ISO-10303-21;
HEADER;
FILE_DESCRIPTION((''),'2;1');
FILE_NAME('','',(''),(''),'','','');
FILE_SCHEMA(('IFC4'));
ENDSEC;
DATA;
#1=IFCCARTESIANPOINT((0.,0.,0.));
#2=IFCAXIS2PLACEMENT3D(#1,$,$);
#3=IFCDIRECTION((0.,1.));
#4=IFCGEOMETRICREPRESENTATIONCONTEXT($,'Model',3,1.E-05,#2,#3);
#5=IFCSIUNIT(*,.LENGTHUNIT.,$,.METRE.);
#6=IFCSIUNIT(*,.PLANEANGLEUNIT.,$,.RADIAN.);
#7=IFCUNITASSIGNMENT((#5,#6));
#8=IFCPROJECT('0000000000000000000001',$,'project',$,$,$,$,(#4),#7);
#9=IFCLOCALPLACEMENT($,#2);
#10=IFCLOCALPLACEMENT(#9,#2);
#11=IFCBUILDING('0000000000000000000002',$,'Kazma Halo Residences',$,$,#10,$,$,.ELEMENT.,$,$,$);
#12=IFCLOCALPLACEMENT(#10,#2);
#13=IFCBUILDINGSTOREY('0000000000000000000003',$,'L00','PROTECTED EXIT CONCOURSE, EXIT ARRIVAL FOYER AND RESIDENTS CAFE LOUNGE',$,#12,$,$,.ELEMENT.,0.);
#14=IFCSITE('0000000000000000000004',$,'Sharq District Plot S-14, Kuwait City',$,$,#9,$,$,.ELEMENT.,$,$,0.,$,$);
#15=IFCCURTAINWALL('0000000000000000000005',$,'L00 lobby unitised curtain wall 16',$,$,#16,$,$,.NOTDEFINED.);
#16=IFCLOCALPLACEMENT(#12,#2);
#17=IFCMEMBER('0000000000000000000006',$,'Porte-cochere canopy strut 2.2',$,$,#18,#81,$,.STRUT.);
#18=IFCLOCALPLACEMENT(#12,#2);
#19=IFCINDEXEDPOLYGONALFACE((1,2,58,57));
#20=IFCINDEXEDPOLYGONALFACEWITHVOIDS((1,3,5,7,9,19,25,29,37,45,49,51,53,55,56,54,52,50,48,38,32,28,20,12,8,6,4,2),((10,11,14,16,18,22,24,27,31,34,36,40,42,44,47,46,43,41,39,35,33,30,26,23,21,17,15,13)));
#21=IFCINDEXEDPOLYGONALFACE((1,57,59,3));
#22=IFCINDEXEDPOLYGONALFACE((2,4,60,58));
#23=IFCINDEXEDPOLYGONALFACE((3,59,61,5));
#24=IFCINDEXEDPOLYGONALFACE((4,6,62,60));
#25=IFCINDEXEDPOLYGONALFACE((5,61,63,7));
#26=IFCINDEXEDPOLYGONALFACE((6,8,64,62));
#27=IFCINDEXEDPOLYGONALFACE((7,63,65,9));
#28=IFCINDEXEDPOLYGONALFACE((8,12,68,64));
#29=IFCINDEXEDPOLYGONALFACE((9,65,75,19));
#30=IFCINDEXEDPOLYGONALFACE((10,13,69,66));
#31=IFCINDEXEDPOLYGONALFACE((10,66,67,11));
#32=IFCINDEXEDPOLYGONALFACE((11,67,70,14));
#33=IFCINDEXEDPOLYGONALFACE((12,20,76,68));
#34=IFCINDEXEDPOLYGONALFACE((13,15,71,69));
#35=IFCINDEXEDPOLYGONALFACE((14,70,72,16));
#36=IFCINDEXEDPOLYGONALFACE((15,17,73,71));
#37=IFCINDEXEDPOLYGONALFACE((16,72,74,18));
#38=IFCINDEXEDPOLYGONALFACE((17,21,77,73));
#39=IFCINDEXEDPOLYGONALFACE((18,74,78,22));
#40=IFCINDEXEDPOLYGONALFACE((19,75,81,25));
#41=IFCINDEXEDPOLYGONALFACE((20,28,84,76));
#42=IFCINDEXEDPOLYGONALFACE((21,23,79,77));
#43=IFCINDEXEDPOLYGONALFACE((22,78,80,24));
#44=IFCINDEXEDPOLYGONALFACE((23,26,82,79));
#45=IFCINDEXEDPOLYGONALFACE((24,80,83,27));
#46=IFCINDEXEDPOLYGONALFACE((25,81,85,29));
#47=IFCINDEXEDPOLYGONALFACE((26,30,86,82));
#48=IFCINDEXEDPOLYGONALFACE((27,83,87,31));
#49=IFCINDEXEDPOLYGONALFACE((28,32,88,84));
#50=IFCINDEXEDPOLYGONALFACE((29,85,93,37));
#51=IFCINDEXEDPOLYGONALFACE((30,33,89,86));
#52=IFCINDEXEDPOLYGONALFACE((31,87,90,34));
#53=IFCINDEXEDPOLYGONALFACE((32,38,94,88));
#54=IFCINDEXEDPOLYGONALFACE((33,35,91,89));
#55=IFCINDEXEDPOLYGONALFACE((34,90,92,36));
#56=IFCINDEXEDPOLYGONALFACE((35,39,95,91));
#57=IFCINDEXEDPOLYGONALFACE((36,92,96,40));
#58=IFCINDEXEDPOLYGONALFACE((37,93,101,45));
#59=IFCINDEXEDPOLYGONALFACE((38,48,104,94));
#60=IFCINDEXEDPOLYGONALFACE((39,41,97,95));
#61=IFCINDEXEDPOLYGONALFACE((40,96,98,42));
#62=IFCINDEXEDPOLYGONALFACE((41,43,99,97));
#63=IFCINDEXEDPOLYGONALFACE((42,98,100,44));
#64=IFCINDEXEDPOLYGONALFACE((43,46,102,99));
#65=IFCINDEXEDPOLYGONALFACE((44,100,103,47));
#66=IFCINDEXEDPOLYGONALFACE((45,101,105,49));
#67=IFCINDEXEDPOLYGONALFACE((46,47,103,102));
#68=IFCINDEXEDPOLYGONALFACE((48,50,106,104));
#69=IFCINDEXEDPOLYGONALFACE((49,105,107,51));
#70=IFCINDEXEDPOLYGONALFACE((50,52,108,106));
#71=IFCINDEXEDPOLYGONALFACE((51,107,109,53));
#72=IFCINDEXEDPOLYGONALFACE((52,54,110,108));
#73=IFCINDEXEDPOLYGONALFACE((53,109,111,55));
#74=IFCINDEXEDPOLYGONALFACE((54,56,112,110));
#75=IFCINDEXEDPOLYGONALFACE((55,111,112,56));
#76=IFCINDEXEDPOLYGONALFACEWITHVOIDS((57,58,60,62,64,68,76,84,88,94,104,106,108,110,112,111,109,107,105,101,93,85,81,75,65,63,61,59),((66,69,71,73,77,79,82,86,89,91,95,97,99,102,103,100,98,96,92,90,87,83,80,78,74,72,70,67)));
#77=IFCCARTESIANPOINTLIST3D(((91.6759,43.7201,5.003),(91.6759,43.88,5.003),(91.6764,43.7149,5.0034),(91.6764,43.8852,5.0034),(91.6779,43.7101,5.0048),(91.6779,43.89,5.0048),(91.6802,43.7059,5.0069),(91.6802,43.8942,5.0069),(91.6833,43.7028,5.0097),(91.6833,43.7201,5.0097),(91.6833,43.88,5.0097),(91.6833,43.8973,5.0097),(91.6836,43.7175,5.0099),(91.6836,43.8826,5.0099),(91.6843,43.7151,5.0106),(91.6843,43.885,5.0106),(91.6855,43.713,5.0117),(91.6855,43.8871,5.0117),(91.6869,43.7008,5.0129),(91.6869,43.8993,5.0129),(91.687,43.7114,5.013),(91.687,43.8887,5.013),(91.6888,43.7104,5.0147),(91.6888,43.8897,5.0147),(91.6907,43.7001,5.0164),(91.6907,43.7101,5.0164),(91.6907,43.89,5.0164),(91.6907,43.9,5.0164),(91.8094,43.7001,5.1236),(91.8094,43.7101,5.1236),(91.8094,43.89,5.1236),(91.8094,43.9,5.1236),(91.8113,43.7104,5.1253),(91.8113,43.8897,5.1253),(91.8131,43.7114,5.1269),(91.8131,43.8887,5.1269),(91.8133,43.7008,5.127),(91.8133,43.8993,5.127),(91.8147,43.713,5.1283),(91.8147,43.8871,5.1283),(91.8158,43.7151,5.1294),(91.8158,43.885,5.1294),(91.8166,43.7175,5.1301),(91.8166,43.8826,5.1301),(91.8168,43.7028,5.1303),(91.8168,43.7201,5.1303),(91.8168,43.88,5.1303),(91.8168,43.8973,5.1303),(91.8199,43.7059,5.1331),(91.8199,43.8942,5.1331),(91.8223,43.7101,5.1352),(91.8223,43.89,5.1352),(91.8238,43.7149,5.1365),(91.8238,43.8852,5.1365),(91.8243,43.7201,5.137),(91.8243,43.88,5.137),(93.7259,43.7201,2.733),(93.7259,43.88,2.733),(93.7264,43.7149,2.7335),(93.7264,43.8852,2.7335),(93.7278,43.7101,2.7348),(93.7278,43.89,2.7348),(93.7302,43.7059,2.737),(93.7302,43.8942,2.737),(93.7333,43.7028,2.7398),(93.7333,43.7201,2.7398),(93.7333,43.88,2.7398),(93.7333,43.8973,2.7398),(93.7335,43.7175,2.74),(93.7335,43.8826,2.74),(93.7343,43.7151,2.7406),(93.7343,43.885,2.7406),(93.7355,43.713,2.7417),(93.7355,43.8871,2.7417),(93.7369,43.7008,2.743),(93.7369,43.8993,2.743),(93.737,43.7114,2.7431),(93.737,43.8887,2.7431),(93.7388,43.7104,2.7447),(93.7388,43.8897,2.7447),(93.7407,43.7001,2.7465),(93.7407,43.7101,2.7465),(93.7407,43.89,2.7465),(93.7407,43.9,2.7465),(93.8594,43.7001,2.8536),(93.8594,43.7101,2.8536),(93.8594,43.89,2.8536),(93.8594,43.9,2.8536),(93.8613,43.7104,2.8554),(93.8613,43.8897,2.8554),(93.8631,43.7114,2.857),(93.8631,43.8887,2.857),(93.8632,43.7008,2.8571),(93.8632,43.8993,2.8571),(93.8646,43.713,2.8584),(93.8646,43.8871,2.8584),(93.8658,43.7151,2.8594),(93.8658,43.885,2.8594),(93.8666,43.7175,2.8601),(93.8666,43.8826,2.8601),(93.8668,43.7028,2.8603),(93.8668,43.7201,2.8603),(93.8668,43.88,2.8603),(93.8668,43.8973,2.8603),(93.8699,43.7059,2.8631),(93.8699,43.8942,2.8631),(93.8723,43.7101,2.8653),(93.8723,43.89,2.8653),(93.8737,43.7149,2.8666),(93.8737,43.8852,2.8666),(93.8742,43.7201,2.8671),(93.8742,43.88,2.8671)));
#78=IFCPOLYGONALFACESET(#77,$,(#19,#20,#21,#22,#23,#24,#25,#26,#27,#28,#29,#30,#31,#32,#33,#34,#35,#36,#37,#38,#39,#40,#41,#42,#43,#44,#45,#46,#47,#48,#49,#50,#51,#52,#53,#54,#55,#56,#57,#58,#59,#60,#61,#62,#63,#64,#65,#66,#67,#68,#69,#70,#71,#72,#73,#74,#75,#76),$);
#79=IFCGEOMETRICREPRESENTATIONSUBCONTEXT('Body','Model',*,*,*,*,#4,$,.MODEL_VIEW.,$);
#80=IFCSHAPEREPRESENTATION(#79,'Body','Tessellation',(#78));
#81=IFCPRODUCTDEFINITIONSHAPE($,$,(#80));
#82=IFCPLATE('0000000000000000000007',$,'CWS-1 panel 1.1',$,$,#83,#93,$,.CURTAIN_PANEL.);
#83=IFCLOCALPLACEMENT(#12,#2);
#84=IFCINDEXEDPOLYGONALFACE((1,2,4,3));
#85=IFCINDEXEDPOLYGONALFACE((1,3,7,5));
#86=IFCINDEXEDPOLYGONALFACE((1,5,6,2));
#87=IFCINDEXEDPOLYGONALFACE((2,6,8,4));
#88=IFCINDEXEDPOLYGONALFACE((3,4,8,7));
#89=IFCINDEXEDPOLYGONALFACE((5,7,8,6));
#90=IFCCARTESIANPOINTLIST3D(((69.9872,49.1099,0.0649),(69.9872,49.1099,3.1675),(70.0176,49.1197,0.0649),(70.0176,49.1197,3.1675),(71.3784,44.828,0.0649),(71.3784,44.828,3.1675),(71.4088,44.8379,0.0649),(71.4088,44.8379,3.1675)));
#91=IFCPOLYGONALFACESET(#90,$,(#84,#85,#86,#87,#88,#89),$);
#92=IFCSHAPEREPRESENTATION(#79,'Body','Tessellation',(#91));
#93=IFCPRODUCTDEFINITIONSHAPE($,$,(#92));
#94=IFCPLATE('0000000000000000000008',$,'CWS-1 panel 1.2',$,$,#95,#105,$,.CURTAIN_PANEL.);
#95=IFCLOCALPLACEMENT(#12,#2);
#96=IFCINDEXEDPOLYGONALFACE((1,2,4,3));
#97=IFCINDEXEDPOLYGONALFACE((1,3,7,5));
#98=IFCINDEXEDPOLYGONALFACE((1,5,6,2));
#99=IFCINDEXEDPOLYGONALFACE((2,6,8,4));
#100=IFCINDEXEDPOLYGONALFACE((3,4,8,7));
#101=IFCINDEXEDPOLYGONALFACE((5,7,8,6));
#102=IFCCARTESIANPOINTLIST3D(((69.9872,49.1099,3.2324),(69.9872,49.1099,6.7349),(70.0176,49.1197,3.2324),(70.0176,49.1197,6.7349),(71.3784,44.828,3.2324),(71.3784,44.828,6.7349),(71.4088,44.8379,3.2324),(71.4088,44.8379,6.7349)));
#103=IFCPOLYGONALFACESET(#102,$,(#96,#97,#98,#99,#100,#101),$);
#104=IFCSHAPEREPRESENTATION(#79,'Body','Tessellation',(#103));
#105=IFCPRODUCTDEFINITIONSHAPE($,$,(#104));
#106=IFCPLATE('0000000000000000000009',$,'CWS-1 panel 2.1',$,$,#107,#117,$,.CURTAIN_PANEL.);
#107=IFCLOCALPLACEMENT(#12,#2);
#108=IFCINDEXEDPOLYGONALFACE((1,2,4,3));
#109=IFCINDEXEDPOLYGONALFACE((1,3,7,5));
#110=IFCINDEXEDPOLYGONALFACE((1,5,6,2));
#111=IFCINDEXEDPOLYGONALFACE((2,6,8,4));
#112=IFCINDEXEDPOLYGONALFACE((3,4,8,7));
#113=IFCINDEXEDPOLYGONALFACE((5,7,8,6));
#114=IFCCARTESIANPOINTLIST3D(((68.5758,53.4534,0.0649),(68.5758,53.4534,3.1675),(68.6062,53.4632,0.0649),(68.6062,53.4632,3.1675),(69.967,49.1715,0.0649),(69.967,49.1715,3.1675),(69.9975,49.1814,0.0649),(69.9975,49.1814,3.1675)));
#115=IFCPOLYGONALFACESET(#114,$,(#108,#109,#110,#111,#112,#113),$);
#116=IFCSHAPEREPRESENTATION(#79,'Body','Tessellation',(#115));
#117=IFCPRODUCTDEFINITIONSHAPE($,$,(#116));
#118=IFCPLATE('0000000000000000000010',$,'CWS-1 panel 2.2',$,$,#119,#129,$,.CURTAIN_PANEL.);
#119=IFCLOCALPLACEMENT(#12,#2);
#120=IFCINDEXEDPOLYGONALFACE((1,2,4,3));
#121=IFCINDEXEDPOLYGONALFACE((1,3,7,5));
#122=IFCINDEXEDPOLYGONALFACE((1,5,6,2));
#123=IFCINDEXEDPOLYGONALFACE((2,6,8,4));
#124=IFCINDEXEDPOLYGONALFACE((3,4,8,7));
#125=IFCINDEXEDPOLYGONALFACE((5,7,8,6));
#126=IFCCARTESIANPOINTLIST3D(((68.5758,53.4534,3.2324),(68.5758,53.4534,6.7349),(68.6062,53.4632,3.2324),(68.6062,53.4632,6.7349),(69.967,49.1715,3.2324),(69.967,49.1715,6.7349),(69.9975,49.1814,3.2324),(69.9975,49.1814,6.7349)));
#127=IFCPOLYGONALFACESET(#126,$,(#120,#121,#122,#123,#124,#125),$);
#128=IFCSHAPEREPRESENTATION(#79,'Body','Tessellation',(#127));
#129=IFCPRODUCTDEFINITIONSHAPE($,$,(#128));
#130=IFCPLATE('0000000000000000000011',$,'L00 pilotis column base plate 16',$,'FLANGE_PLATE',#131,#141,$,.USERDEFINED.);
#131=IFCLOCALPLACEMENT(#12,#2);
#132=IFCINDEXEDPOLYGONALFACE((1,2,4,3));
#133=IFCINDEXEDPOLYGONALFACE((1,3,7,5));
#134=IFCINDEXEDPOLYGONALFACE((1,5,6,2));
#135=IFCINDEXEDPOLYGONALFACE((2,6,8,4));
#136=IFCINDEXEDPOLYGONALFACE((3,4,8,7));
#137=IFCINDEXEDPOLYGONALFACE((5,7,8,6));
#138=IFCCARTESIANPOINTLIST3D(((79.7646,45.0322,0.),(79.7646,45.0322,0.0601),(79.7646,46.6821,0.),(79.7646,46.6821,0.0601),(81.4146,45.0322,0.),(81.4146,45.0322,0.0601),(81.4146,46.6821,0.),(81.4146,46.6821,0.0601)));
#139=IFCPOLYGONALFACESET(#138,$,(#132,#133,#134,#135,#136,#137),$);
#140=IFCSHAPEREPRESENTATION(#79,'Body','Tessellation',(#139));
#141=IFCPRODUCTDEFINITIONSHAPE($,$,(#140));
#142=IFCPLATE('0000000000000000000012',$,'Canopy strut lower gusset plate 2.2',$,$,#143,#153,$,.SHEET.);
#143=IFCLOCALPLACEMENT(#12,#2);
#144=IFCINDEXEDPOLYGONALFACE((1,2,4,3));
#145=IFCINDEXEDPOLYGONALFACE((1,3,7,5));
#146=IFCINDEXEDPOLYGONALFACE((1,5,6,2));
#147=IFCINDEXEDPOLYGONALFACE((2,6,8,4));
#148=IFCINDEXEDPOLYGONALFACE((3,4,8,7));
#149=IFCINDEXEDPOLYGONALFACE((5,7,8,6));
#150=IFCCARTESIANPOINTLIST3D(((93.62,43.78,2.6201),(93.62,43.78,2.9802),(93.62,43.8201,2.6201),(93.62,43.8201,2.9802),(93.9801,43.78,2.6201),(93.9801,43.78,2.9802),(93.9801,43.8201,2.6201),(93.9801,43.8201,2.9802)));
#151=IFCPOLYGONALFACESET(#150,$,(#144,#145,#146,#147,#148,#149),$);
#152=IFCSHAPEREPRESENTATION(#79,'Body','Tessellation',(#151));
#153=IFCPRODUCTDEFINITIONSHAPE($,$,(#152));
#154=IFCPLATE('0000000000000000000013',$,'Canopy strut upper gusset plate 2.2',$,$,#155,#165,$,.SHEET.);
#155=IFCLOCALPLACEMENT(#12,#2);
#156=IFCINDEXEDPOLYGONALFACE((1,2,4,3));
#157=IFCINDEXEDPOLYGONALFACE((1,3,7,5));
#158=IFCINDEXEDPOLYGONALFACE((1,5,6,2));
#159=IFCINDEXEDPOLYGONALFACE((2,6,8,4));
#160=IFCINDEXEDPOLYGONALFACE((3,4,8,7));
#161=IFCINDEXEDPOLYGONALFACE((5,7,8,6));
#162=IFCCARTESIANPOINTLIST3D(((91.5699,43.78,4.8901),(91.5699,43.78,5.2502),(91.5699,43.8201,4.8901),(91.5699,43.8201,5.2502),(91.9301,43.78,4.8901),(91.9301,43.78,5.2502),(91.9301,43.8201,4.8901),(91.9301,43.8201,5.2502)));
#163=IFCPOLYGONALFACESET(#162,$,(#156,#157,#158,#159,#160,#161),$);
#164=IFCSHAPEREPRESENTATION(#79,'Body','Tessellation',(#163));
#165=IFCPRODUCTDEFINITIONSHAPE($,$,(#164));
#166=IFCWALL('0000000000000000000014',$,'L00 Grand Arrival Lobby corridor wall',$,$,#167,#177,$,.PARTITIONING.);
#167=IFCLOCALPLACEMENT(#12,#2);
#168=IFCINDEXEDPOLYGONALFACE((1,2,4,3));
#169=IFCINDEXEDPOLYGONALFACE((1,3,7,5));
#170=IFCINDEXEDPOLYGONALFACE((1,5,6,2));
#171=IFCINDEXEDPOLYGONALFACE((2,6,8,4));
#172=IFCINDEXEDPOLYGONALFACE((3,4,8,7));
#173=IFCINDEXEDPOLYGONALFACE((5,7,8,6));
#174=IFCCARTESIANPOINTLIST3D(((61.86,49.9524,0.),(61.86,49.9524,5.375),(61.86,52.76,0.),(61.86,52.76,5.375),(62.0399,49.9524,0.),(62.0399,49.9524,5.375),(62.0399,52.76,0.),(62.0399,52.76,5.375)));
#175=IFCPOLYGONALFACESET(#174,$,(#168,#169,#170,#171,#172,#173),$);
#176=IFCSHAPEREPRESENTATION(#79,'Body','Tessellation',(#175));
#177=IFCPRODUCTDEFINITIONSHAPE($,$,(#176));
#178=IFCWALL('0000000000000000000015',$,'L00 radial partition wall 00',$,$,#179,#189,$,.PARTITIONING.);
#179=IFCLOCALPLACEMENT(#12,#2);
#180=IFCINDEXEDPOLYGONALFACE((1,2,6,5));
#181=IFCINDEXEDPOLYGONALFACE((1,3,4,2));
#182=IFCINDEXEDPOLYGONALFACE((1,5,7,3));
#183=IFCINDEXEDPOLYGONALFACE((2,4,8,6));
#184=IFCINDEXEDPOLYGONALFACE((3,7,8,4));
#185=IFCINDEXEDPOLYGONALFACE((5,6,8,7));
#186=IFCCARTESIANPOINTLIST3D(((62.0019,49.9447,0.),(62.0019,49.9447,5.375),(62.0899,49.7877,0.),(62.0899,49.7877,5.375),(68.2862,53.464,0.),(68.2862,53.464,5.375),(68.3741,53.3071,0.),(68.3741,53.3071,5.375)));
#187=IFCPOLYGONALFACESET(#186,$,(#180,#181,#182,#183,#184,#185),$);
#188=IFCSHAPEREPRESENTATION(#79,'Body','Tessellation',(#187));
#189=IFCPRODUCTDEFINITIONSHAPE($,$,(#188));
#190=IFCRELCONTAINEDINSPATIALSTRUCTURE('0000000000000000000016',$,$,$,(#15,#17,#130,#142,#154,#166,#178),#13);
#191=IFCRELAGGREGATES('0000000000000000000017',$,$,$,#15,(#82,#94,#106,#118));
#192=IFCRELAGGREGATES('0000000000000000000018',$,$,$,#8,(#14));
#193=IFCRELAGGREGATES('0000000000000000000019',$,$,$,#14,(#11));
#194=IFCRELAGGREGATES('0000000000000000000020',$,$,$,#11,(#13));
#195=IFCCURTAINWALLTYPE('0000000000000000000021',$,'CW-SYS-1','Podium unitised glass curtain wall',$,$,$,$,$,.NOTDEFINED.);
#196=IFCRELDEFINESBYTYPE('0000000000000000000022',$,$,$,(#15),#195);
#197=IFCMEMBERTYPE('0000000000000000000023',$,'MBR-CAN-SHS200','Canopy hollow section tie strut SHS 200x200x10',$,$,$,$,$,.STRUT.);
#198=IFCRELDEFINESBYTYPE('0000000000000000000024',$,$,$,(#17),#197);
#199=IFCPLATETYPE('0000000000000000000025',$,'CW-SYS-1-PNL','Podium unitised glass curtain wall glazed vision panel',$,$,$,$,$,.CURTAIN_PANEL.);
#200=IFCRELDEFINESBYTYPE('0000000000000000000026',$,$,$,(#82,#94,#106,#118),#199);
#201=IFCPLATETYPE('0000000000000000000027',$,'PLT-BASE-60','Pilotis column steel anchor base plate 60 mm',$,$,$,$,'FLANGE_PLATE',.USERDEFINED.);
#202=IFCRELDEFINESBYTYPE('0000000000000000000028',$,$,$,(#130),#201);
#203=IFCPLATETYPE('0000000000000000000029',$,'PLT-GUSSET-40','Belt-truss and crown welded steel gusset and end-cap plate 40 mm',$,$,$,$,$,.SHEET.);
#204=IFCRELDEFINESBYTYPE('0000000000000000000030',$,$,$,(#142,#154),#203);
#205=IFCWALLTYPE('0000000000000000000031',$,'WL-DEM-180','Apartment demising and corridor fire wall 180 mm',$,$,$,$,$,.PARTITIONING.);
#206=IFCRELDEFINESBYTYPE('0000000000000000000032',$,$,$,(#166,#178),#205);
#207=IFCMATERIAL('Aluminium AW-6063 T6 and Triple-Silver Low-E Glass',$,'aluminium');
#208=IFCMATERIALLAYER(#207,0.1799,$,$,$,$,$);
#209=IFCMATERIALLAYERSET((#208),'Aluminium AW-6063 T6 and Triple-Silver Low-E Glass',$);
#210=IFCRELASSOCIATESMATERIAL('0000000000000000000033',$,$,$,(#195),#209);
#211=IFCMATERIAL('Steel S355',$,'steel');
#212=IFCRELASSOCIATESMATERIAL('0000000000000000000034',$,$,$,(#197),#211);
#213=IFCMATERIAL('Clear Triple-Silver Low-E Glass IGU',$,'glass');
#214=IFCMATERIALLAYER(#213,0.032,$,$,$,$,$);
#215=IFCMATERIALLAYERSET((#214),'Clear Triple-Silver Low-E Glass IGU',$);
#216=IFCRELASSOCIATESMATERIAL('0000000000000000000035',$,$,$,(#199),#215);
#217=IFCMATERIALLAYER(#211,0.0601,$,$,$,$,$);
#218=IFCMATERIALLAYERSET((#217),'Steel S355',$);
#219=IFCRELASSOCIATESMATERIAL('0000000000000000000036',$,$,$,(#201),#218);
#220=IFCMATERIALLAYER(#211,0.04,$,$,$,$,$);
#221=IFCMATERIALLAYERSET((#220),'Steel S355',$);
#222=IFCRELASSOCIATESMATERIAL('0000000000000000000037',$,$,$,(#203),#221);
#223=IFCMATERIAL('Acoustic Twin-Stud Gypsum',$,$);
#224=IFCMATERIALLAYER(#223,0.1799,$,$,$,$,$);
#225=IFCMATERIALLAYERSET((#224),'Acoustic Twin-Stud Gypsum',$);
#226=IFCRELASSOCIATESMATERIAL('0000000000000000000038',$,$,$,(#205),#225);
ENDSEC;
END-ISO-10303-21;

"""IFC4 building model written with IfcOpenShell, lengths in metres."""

from ifc_helpers import new_model, si_unit, direction, frame, frame_2d, origin, origin_2d, place, context, subcontext, project, spatial, rectangle, hollow_rectangle, extrude, material, layer, layer_set, material_profile, profile_set, type_object, element, aggregate, save


model = new_model("IFC4")

# Units and contexts
model_context = context("Model", 3, precision=1e-05, world=origin(), true_north=direction((0.0, 1.0)))
body_context = subcontext(model_context, "Body", "Model", "MODEL_VIEW")
ifc_project = project(units=[si_unit("LENGTHUNIT", "METRE"), si_unit("PLANEANGLEUNIT", "RADIAN")], contexts=[model_context])

# Site, building, storey
site_placement = place(None, origin())
site = spatial("IfcSite", under=ifc_project, at=site_placement, Name="Sharq District Plot S-14, Kuwait City", CompositionType="ELEMENT", RefElevation=0.0)
building_placement = place(site_placement, origin())
building = spatial("IfcBuilding", under=site, at=building_placement, Name="Kazma Halo Residences", CompositionType="ELEMENT")
storey_placement = place(building_placement, origin())
storey = spatial("IfcBuildingStorey", under=building, at=storey_placement, Name="L00", Description="PROTECTED EXIT CONCOURSE, EXIT ARRIVAL FOYER AND RESIDENTS CAFE LOUNGE", CompositionType="ELEMENT", Elevation=0.0)

# Shared definitions
ifc_material_1 = material(Name="Steel S355", Category="steel")

# Curtain wall
ifc_material_2 = material(Name="Aluminium AW-6063 T6 and Triple-Silver Low-E Glass", Category="aluminium")
ifc_layer_1 = layer(ifc_material_2, 0.1799)
ifc_layer_set_1 = layer_set([ifc_layer_1], Name="Aluminium AW-6063 T6 and Triple-Silver Low-E Glass")
curtain_wall_type = type_object("IfcCurtainWallType", Name="CW-SYS-1", Description="Podium unitised glass curtain wall", PredefinedType="NOTDEFINED", material=ifc_layer_set_1)
curtain_wall_placement = place(storey_placement, origin())
curtain_wall = element("IfcCurtainWall", 1, at=curtain_wall_placement, inside=storey, type_object=curtain_wall_type, Name="L00 lobby unitised curtain wall 16", PredefinedType="NOTDEFINED")

# Member
ifc_material_profile_1 = material_profile(ifc_material_1, hollow_rectangle(XDim=0.2, YDim=0.2, WallThickness=0.01, InnerFilletRadius=0.01, OuterFilletRadius=0.02, at=origin_2d()), Name="SHS200x200x10")
ifc_profile_set_1 = profile_set([ifc_material_profile_1], Name="Steel S355")
member_type_1 = type_object("IfcMemberType", Name="MBR-CAN-SHS200", Description="Canopy hollow section tie strut SHS 200x200x10", PredefinedType="STRUT", material=ifc_profile_set_1)
member_1_placement = place(storey_placement, frame((93.8, 43.8, 2.8), z_axis=(-0.670234, 0.0, 0.74215), x_axis=(0.0, -1.0, 0.0)))
element("IfcMember", 2, at=member_1_placement, inside=storey, type_object=member_type_1, Name="Porte-cochere canopy strut 2.2", PredefinedType="STRUT", context=body_context, shape_type="SweptSolid", body=[
    extrude(hollow_rectangle(XDim=0.2, YDim=0.2, WallThickness=0.01, InnerFilletRadius=0.01, OuterFilletRadius=0.02, at=origin_2d()), origin(), (0.0, 0.0, 1.0), 3.0586),
])

# Plates
ifc_material_3 = material(Name="Clear Triple-Silver Low-E Glass IGU", Category="glass")
ifc_layer_2 = layer(ifc_material_3, 0.032)
ifc_layer_set_2 = layer_set([ifc_layer_2], Name="Clear Triple-Silver Low-E Glass IGU")
plate_type_1 = type_object("IfcPlateType", Name="CW-SYS-1-PNL", Description="Podium unitised glass curtain wall glazed vision panel", PredefinedType="CURTAIN_PANEL", material=ifc_layer_set_2)
plate_1_placement = place(storey_placement, frame((70.698, 46.9739, 0.0649), z_axis=(0.0, 0.0, 1.0), x_axis=(-0.309015, 0.951057, 0.0)))
plate_1 = element("IfcPlate", 3, at=plate_1_placement, type_object=plate_type_1, Name="CWS-1 panel 1.1", PredefinedType="CURTAIN_PANEL", context=body_context, shape_type="SweptSolid", body=[
    extrude(rectangle(XDim=4.5022, YDim=0.032, at=origin_2d()), origin(), (0.0, 0.0, 1.0), 3.1025),
])
plate_2_placement = place(storey_placement, frame((70.698, 46.9739, 3.2324), z_axis=(0.0, 0.0, 1.0), x_axis=(-0.309015, 0.951057, 0.0)))
plate_2 = element("IfcPlate", 4, at=plate_2_placement, type_object=plate_type_1, Name="CWS-1 panel 1.2", PredefinedType="CURTAIN_PANEL", context=body_context, shape_type="SweptSolid", body=[
    extrude(rectangle(XDim=4.5022, YDim=0.032, at=origin_2d()), origin(), (0.0, 0.0, 1.0), 3.5024),
])
plate_3_placement = place(storey_placement, frame((69.2866, 51.3174, 0.0649), z_axis=(0.0, 0.0, 1.0), x_axis=(-0.309015, 0.951057, 0.0)))
plate_3 = element("IfcPlate", 5, at=plate_3_placement, type_object=plate_type_1, Name="CWS-1 panel 2.1", PredefinedType="CURTAIN_PANEL", context=body_context, shape_type="SweptSolid", body=[
    extrude(rectangle(XDim=4.5022, YDim=0.032, at=origin_2d()), origin(), (0.0, 0.0, 1.0), 3.1025),
])
plate_4_placement = place(storey_placement, frame((69.2866, 51.3174, 3.2324), z_axis=(0.0, 0.0, 1.0), x_axis=(-0.309015, 0.951057, 0.0)))
plate_4 = element("IfcPlate", 6, at=plate_4_placement, type_object=plate_type_1, Name="CWS-1 panel 2.2", PredefinedType="CURTAIN_PANEL", context=body_context, shape_type="SweptSolid", body=[
    extrude(rectangle(XDim=4.5022, YDim=0.032, at=origin_2d()), origin(), (0.0, 0.0, 1.0), 3.5024),
])
aggregate(curtain_wall, [plate_1, plate_2, plate_3, plate_4])

# Plates
ifc_layer_3 = layer(ifc_material_1, 0.0601)
ifc_layer_set_3 = layer_set([ifc_layer_3], Name="Steel S355")
plate_type_2 = type_object("IfcPlateType", Name="PLT-BASE-60", Description="Pilotis column steel anchor base plate 60 mm", ElementType="FLANGE_PLATE", PredefinedType="USERDEFINED", material=ifc_layer_set_3)
plate_5_placement = place(storey_placement, frame((80.5896, 45.8572, 0.0), z_axis=(0.0, 0.0, 1.0), x_axis=(1.0, 0.0, 0.0)))
element("IfcPlate", 7, at=plate_5_placement, inside=storey, type_object=plate_type_2, Name="L00 pilotis column base plate 16", ObjectType="FLANGE_PLATE", PredefinedType="USERDEFINED", context=body_context, shape_type="SweptSolid", body=[
    extrude(rectangle(XDim=1.6499, YDim=1.6499, at=origin_2d()), origin(), (0.0, 0.0, 1.0), 0.0601),
])
ifc_layer_4 = layer(ifc_material_1, 0.04)
ifc_layer_set_4 = layer_set([ifc_layer_4], Name="Steel S355")
plate_type_3 = type_object("IfcPlateType", Name="PLT-GUSSET-40", Description="Belt-truss and crown welded steel gusset and end-cap plate 40 mm", PredefinedType="SHEET", material=ifc_layer_set_4)
for number, where, z_axis, x_axis, name in (
    (8, (93.8, 43.8, 2.6201), (0.0, 0.0, 1.0), (1.0, 0.0, 0.0), "Canopy strut lower gusset plate 2.2"),
    (9, (91.75, 43.8, 4.8901), (0.0, 0.0, 1.0), (1.0, 0.0, 0.0), "Canopy strut upper gusset plate 2.2"),
):
    element("IfcPlate", number, at=place(storey_placement, frame(where, z_axis=z_axis, x_axis=x_axis)), inside=storey, type_object=plate_type_3, Name=name, PredefinedType="SHEET", context=body_context, shape_type="SweptSolid", body=[
        extrude(rectangle(XDim=0.3601, YDim=0.04, at=origin_2d()), origin(), (0.0, 0.0, 1.0), 0.3601),
    ])

# Walls
ifc_material_4 = material(Name="Acoustic Twin-Stud Gypsum")
ifc_layer_5 = layer(ifc_material_4, 0.1799)
ifc_layer_set_5 = layer_set([ifc_layer_5], Name="Acoustic Twin-Stud Gypsum")
wall_type_1 = type_object("IfcWallType", Name="WL-DEM-180", Description="Apartment demising and corridor fire wall 180 mm", PredefinedType="PARTITIONING", material=ifc_layer_set_5)
wall_1_placement = place(storey_placement, frame((61.95, 49.9524, 0.0), z_axis=(0.0, 0.0, 1.0), x_axis=(0.0, 1.0, 0.0)))
element("IfcWall", 10, at=wall_1_placement, inside=storey, type_object=wall_type_1, Name="L00 Grand Arrival Lobby corridor wall", PredefinedType="PARTITIONING", context=body_context, shape_type="SweptSolid", body=[
    extrude(rectangle(XDim=2.8076, YDim=0.1799, at=frame_2d((1.4038, 0.0))), origin(), (0.0, 0.0, 1.0), 5.375),
])
wall_2_placement = place(storey_placement, frame((62.0459, 49.8662, 0.0), z_axis=(0.0, 0.0, 1.0), x_axis=(0.872497, 0.488619, 0.0)))
element("IfcWall", 11, at=wall_2_placement, inside=storey, type_object=wall_type_1, Name="L00 radial partition wall 00", PredefinedType="PARTITIONING", context=body_context, shape_type="SweptSolid", body=[
    extrude(rectangle(XDim=7.2026, YDim=0.1799, at=frame_2d((3.6013, 0.0))), origin(), (0.0, 0.0, 1.0), 5.375),
])

save(model, "model.ifc")
